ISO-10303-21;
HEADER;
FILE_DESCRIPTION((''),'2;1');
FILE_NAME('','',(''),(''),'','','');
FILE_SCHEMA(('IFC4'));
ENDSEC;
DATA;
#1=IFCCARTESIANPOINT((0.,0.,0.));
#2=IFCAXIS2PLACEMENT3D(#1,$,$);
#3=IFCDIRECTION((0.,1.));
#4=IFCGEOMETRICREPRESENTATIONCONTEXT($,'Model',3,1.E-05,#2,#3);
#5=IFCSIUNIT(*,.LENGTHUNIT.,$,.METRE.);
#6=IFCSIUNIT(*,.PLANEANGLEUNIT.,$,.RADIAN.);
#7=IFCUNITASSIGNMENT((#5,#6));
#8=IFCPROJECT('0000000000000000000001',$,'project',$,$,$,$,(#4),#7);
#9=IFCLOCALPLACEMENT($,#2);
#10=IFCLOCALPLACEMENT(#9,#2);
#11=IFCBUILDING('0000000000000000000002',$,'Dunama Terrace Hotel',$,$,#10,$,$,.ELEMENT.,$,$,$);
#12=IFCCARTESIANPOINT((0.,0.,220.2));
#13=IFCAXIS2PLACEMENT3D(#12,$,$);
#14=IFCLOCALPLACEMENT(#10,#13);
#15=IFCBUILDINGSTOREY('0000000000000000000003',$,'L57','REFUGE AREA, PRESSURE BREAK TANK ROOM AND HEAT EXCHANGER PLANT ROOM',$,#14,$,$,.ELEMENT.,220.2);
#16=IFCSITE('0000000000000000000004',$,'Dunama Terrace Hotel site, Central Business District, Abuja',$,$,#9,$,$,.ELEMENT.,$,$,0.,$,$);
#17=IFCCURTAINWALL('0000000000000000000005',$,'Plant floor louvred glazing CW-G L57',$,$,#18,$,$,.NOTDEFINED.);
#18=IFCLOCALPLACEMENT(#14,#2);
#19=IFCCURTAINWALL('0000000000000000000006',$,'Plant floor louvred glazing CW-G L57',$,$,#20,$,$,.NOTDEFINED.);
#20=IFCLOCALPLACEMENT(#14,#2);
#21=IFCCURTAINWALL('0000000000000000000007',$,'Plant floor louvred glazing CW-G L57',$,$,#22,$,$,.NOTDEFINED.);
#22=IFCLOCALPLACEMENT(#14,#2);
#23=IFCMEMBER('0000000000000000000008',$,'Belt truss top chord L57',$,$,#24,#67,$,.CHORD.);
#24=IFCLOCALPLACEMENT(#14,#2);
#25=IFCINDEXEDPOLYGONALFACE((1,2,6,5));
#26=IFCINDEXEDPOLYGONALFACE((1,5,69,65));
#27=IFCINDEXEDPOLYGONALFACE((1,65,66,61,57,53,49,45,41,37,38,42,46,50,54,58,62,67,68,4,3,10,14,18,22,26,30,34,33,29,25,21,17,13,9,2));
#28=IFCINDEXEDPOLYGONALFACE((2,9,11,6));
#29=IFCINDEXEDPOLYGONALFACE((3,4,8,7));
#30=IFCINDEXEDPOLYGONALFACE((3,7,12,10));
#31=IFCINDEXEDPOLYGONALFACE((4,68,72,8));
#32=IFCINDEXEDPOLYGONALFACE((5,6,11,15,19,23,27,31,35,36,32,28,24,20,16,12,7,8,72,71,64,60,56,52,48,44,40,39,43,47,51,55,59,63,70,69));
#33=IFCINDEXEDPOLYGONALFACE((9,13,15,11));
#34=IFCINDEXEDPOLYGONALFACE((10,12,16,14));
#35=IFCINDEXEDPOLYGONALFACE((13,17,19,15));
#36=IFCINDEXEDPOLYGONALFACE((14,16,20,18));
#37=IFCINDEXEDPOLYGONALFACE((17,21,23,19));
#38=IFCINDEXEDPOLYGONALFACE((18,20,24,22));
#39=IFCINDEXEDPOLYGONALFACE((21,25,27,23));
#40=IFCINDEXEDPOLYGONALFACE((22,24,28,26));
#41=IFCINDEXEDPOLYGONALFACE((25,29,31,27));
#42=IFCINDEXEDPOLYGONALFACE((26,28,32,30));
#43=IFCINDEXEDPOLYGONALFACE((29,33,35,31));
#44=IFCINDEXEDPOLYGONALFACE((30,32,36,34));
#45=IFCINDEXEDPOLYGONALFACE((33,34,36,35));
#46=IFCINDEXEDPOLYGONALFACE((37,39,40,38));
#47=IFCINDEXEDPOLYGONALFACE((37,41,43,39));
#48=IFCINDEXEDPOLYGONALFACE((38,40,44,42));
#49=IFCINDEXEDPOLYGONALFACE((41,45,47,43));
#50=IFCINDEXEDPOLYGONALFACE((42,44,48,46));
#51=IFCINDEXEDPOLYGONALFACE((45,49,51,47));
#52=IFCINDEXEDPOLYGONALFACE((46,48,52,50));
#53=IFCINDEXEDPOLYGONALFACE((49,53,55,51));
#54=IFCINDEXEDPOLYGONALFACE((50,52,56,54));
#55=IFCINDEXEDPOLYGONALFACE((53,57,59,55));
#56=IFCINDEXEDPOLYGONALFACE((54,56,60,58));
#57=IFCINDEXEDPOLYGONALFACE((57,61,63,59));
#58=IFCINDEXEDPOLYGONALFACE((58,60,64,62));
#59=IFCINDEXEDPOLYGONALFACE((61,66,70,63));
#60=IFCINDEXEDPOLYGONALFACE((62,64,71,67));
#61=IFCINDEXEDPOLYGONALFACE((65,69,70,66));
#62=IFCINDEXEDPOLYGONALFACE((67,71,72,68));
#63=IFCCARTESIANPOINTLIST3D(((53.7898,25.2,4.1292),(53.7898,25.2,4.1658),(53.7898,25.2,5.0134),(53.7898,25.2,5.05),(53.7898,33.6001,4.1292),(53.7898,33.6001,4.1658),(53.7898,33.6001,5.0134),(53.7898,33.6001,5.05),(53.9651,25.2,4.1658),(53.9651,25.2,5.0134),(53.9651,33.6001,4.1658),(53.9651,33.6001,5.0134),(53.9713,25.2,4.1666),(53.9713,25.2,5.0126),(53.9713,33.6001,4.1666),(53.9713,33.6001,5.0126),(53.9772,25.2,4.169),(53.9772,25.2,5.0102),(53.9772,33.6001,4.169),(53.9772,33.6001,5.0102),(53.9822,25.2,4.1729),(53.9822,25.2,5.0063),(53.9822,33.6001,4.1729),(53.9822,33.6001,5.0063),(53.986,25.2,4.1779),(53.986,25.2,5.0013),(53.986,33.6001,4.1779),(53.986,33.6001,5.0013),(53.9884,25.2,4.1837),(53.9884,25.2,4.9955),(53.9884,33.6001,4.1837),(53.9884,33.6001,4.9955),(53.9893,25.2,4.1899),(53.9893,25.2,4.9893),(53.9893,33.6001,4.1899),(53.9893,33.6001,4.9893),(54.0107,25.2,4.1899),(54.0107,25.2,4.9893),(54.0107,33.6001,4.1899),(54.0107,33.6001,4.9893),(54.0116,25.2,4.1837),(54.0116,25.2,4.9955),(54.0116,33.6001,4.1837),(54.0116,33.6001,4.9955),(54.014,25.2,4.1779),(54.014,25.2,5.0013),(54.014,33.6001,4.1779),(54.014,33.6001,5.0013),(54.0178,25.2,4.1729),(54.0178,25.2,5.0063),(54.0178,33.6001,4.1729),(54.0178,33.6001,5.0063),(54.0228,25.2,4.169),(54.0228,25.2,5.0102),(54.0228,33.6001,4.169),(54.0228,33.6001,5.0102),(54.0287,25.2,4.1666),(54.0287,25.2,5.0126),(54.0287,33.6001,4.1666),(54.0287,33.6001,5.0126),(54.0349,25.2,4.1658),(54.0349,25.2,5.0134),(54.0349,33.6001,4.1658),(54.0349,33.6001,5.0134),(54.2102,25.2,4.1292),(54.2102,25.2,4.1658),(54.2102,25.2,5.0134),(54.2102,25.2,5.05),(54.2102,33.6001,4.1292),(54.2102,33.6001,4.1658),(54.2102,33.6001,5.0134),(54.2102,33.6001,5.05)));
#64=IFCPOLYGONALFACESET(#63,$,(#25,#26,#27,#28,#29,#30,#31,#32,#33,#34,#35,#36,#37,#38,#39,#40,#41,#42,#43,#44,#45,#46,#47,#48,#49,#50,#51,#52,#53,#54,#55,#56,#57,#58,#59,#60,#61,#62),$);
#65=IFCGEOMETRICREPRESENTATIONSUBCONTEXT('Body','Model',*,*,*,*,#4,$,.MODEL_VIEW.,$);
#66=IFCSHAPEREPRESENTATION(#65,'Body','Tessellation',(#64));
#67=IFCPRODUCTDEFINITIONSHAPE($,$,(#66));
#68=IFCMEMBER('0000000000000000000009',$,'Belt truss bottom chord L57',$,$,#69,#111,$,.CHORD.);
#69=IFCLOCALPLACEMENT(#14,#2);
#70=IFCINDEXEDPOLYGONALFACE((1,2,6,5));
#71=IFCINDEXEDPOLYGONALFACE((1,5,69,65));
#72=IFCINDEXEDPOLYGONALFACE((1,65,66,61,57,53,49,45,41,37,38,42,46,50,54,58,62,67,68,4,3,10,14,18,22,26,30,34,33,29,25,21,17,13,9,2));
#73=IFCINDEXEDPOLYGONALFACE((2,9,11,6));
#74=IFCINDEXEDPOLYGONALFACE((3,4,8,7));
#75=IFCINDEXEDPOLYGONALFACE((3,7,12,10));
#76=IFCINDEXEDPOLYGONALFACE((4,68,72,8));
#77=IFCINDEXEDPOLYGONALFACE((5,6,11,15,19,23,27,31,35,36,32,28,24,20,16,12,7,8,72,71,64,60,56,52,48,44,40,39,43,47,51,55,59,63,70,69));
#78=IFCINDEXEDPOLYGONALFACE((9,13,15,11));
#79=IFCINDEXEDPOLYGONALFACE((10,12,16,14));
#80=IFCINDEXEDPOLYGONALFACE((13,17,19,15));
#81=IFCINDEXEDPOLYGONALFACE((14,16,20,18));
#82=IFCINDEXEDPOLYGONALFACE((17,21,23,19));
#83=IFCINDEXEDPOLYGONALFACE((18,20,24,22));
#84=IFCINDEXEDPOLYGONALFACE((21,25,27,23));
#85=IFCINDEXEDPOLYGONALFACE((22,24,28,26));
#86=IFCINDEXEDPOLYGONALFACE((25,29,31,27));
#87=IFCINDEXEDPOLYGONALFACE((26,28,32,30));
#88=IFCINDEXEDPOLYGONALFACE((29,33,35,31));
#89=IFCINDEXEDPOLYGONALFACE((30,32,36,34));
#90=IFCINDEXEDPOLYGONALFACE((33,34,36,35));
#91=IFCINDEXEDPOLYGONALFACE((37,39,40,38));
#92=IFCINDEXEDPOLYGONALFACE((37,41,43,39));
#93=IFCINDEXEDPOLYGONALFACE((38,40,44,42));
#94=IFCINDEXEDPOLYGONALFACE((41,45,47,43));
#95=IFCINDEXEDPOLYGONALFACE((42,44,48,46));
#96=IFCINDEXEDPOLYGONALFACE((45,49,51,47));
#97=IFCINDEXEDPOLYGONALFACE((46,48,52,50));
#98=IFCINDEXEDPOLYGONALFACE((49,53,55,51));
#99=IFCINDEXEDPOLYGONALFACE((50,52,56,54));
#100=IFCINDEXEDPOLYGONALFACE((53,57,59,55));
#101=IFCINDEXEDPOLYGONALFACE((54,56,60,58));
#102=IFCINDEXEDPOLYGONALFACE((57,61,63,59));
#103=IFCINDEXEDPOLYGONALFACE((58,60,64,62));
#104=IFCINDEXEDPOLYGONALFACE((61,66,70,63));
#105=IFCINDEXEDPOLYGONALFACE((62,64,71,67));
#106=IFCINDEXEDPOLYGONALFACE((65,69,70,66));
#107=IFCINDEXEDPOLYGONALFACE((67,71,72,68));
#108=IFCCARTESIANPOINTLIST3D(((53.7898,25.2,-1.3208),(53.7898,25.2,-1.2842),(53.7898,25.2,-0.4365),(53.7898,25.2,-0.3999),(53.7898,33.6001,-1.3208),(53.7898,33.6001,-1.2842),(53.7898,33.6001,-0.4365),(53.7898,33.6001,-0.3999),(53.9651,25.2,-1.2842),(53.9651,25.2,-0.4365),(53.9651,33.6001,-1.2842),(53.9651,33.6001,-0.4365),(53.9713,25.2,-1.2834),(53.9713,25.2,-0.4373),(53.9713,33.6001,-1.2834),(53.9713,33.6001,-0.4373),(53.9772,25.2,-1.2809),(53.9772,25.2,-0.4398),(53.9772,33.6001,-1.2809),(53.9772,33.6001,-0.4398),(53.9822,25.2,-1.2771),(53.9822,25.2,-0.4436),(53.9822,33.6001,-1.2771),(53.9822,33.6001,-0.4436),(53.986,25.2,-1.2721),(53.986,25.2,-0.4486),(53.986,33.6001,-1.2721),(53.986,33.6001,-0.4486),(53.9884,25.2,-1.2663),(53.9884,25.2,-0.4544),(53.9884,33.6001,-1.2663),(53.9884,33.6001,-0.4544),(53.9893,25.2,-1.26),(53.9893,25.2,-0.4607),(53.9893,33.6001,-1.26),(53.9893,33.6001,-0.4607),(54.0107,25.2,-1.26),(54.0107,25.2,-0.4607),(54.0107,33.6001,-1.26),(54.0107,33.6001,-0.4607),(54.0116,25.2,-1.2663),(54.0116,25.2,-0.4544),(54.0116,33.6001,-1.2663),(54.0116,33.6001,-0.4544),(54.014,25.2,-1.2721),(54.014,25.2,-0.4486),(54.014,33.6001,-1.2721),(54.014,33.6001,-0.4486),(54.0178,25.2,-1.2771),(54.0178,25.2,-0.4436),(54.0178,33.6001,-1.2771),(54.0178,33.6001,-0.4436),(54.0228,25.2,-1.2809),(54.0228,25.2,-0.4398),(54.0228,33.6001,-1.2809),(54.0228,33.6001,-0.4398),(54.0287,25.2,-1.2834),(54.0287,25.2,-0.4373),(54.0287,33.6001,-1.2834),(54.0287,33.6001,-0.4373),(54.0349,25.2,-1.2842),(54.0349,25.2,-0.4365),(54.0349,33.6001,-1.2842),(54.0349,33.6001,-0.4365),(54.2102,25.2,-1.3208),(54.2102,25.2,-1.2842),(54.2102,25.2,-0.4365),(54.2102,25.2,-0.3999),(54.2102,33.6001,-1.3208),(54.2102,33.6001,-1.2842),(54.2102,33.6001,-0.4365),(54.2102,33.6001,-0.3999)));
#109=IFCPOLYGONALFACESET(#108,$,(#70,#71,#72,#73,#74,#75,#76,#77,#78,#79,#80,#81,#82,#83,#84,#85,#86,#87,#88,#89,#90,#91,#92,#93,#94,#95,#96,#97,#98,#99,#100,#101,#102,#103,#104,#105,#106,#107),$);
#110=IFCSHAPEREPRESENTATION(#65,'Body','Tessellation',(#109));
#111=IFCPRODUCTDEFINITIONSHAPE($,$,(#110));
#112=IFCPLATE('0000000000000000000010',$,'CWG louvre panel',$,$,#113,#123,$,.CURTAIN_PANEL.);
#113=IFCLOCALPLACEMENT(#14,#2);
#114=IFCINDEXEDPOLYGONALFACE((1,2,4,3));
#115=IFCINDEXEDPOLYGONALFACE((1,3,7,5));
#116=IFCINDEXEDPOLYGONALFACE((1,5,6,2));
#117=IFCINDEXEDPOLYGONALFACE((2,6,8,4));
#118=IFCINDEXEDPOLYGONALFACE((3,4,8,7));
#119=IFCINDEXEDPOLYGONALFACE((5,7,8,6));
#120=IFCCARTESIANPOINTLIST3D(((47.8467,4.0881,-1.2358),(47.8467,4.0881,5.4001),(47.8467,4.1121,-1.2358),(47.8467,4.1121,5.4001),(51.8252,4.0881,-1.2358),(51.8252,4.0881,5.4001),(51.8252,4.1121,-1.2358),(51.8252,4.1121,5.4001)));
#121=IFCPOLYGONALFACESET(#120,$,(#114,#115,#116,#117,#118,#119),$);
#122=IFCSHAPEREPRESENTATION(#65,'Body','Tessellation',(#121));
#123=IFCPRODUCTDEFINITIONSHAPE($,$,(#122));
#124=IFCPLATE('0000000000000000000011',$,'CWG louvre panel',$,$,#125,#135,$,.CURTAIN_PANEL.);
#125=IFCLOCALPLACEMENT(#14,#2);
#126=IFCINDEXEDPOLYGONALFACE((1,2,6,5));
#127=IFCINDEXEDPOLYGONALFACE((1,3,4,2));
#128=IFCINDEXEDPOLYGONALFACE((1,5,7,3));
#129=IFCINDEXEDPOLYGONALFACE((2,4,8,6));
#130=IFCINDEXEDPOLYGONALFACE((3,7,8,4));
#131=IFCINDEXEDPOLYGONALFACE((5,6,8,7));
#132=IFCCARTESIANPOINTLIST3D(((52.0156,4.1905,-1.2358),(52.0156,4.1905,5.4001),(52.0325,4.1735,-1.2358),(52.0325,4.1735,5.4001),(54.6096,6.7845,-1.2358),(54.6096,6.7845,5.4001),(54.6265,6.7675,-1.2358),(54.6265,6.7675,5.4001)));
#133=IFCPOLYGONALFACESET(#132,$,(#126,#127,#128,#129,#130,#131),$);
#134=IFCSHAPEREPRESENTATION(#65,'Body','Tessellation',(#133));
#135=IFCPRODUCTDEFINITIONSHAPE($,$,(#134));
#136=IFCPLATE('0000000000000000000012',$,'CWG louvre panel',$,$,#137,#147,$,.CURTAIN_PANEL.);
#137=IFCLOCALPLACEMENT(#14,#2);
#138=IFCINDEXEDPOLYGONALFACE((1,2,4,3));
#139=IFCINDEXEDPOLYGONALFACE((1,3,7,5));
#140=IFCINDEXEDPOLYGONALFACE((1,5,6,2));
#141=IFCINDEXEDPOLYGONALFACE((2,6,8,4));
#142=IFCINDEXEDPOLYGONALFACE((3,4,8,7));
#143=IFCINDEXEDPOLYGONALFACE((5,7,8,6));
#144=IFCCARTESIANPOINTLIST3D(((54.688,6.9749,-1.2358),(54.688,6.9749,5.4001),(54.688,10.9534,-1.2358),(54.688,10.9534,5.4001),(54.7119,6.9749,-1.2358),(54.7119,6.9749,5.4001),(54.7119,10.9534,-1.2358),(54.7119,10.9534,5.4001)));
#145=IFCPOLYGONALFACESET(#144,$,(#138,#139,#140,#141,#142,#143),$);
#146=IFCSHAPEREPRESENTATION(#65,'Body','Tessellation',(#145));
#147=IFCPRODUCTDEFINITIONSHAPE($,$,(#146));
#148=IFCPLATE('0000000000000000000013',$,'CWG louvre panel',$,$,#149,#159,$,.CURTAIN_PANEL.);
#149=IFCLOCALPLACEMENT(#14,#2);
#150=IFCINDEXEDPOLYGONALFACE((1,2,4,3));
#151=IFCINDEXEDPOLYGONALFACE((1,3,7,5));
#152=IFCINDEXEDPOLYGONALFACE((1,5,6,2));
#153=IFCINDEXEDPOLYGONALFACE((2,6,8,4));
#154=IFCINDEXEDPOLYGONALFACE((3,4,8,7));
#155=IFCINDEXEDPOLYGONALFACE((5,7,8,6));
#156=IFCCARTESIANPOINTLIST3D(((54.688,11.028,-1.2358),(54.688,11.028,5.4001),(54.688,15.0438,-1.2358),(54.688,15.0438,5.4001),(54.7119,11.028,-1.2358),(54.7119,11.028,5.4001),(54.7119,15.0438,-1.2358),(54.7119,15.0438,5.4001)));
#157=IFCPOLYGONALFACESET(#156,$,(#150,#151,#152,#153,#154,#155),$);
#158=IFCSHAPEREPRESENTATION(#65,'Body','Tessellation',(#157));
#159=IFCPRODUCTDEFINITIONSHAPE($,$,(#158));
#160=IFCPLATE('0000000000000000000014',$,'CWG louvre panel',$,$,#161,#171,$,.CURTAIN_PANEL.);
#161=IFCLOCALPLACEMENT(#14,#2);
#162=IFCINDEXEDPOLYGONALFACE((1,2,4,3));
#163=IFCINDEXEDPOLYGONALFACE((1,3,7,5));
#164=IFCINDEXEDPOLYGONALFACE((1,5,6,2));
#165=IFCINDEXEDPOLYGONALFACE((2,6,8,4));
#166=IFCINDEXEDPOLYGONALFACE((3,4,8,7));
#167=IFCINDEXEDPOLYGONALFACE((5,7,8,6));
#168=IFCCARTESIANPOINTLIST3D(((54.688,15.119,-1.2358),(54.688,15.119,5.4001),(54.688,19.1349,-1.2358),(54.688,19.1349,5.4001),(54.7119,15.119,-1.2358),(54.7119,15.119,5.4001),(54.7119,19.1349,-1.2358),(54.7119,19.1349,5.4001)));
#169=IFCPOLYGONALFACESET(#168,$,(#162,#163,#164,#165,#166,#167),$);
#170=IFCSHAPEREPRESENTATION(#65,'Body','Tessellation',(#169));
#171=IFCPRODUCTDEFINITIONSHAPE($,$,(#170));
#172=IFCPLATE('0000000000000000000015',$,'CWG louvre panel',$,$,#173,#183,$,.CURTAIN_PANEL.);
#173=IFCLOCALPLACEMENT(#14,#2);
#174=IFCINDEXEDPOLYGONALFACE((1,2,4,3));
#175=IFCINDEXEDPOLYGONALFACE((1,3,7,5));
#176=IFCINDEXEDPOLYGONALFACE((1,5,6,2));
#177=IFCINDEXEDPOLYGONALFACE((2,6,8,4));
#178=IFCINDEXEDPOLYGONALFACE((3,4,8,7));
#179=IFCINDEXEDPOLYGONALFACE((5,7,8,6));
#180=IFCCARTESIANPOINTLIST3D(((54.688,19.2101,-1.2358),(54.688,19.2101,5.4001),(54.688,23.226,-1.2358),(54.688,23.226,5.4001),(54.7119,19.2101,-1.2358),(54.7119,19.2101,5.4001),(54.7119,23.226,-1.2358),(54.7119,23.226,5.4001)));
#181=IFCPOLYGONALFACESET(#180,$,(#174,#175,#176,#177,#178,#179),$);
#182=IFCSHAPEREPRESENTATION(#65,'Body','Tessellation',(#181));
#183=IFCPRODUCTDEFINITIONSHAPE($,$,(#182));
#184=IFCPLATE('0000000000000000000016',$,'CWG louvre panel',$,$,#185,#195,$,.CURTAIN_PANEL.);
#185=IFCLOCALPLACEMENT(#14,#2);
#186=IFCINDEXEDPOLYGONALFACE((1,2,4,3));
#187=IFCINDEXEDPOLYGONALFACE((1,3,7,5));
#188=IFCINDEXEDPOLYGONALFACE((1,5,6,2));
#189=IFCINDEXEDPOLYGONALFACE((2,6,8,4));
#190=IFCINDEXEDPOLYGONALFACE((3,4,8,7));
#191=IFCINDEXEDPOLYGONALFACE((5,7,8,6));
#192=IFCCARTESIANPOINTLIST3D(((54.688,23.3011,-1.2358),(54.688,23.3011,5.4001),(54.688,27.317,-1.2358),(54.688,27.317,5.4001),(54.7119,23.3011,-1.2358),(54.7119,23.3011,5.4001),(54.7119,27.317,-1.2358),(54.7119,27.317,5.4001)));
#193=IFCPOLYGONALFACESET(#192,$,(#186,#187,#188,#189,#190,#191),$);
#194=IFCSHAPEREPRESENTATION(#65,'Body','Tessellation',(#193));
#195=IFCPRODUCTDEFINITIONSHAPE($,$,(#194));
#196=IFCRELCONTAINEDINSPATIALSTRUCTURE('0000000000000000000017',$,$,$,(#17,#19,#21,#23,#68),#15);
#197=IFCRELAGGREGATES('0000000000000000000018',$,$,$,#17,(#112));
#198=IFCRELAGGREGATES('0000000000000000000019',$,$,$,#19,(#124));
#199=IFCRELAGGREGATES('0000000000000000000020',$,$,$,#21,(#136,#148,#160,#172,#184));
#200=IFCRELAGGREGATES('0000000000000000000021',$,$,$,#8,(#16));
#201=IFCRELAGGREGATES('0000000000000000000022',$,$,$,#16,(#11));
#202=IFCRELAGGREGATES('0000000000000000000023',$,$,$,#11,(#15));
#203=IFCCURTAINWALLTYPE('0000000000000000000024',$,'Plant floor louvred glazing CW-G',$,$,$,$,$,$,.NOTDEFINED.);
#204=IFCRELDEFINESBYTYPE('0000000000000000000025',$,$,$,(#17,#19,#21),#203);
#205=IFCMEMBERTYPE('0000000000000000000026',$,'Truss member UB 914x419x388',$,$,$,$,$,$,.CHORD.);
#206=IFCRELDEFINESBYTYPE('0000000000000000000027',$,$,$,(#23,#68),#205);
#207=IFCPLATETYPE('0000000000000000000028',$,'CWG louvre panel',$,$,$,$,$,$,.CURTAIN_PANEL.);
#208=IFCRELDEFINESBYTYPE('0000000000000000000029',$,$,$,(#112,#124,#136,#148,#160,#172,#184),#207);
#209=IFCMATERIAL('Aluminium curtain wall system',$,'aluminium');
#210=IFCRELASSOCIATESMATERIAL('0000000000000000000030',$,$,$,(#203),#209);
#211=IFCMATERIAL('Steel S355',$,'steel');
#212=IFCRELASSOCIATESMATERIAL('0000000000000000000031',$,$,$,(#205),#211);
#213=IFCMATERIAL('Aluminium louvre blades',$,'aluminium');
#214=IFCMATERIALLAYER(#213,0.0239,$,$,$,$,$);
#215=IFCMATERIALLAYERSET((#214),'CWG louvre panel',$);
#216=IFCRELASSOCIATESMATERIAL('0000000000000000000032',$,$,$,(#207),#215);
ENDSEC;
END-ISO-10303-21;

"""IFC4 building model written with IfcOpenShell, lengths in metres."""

from ifc_helpers import new_model, si_unit, direction, frame, origin, origin_2d, place, context, subcontext, project, spatial, rectangle, i_section, extrude, material, layer, layer_set, material_profile, profile_set, type_object, element, aggregate, save


model = new_model("IFC4")

# Units and contexts
model_context = context("Model", 3, precision=1e-05, world=origin(), true_north=direction((0.0, 1.0)))
body_context = subcontext(model_context, "Body", "Model", "MODEL_VIEW")
ifc_project = project(units=[si_unit("LENGTHUNIT", "METRE"), si_unit("PLANEANGLEUNIT", "RADIAN")], contexts=[model_context])

# Site, building, storey
site_placement = place(None, origin())
site = spatial("IfcSite", under=ifc_project, at=site_placement, Name="Dunama Terrace Hotel site, Central Business District, Abuja", CompositionType="ELEMENT", RefElevation=0.0)
building_placement = place(site_placement, origin())
building = spatial("IfcBuilding", under=site, at=building_placement, Name="Dunama Terrace Hotel", CompositionType="ELEMENT")
storey_placement = place(building_placement, frame((0.0, 0.0, 220.2)))
storey = spatial("IfcBuildingStorey", under=building, at=storey_placement, Name="L57", Description="REFUGE AREA, PRESSURE BREAK TANK ROOM AND HEAT EXCHANGER PLANT ROOM", CompositionType="ELEMENT", Elevation=220.2)

# Curtain wall
ifc_material_1 = material(Name="Aluminium curtain wall system", Category="aluminium")
curtain_wall_type = type_object("IfcCurtainWallType", Name="Plant floor louvred glazing CW-G", PredefinedType="NOTDEFINED", material=ifc_material_1)
curtain_wall_1_placement = place(storey_placement, origin())
curtain_wall_1 = element("IfcCurtainWall", 1, at=curtain_wall_1_placement, inside=storey, type_object=curtain_wall_type, Name="Plant floor louvred glazing CW-G L57", PredefinedType="NOTDEFINED")

# Curtain walls
curtain_wall_2_placement = place(storey_placement, origin())
curtain_wall_2 = element("IfcCurtainWall", 2, at=curtain_wall_2_placement, inside=storey, type_object=curtain_wall_type, Name="Plant floor louvred glazing CW-G L57", PredefinedType="NOTDEFINED")
curtain_wall_3_placement = place(storey_placement, origin())
curtain_wall_3 = element("IfcCurtainWall", 3, at=curtain_wall_3_placement, inside=storey, type_object=curtain_wall_type, Name="Plant floor louvred glazing CW-G L57", PredefinedType="NOTDEFINED")

# Members
ifc_material_2 = material(Name="Steel S355", Category="steel")
ifc_material_profile_1 = material_profile(ifc_material_2, i_section(OverallWidth=0.4204, OverallDepth=0.9209, WebThickness=0.0215, FlangeThickness=0.0366, FilletRadius=0.0242, at=origin_2d()), Name="UB 914x419x388")
ifc_profile_set_1 = profile_set([ifc_material_profile_1], Name="Steel S355")
member_type_1 = type_object("IfcMemberType", Name="Truss member UB 914x419x388", PredefinedType="CHORD", material=ifc_profile_set_1)
for number, where, z_axis, x_axis, name in (
    (4, (54.0, 25.2, 4.5896), (0.0, 1.0, 0.0), (-1.0, 0.0, 0.0), "Belt truss top chord L57"),
    (5, (54.0, 25.2, -0.8604), (0.0, 1.0, 0.0), (-1.0, 0.0, 0.0), "Belt truss bottom chord L57"),
):
    element("IfcMember", number, at=place(storey_placement, frame(where, z_axis=z_axis, x_axis=x_axis)), inside=storey, type_object=member_type_1, Name=name, PredefinedType="CHORD", context=body_context, shape_type="SweptSolid", body=[
        extrude(i_section(OverallWidth=0.4204, OverallDepth=0.9209, WebThickness=0.0215, FlangeThickness=0.0366, FilletRadius=0.0242, at=origin_2d()), origin(), (0.0, 0.0, 1.0), 8.4001),
    ])

# Plates
ifc_material_3 = material(Name="Aluminium louvre blades", Category="aluminium")
ifc_layer = layer(ifc_material_3, 0.0239)
ifc_layer_set = layer_set([ifc_layer], Name="CWG louvre panel")
plate_type = type_object("IfcPlateType", Name="CWG louvre panel", PredefinedType="CURTAIN_PANEL", material=ifc_layer_set)
plate_1_placement = place(storey_placement, frame((49.8359, 4.1001, -1.2358), z_axis=(0.0, 0.0, 1.0), x_axis=(1.0, 0.0, 0.0)))
plate_1 = element("IfcPlate", 6, at=plate_1_placement, type_object=plate_type, Name="CWG louvre panel", PredefinedType="CURTAIN_PANEL", context=body_context, shape_type="SweptSolid", body=[
    extrude(rectangle(XDim=3.9785, YDim=0.0239, at=origin_2d()), origin(), (0.0, 0.0, 1.0), 6.636),
])
aggregate(curtain_wall_1, [plate_1])
plate_2_placement = place(storey_placement, frame((53.321, 5.479, -1.2358), z_axis=(0.0, 0.0, 1.0), x_axis=(0.707107, 0.707107, 0.0)))
plate_2 = element("IfcPlate", 7, at=plate_2_placement, type_object=plate_type, Name="CWG louvre panel", PredefinedType="CURTAIN_PANEL", context=body_context, shape_type="SweptSolid", body=[
    extrude(rectangle(XDim=3.6685, YDim=0.0239, at=origin_2d()), origin(), (0.0, 0.0, 1.0), 6.636),
])
aggregate(curtain_wall_2, [plate_2])
plate_3_placement = place(storey_placement, frame((54.7, 8.9641, -1.2358), z_axis=(0.0, 0.0, 1.0), x_axis=(0.0, 1.0, 0.0)))
plate_3 = element("IfcPlate", 8, at=plate_3_placement, type_object=plate_type, Name="CWG louvre panel", PredefinedType="CURTAIN_PANEL", context=body_context, shape_type="SweptSolid", body=[
    extrude(rectangle(XDim=3.9785, YDim=0.0239, at=origin_2d()), origin(), (0.0, 0.0, 1.0), 6.636),
])
plate_4_placement = place(storey_placement, frame((54.7, 13.0359, -1.2358), z_axis=(0.0, 0.0, 1.0), x_axis=(0.0, 1.0, 0.0)))
plate_4 = element("IfcPlate", 9, at=plate_4_placement, type_object=plate_type, Name="CWG louvre panel", PredefinedType="CURTAIN_PANEL", context=body_context, shape_type="SweptSolid", body=[
    extrude(rectangle(XDim=4.0159, YDim=0.0239, at=origin_2d()), origin(), (0.0, 0.0, 1.0), 6.636),
])
plate_5_placement = place(storey_placement, frame((54.7, 17.127, -1.2358), z_axis=(0.0, 0.0, 1.0), x_axis=(0.0, 1.0, 0.0)))
plate_5 = element("IfcPlate", 10, at=plate_5_placement, type_object=plate_type, Name="CWG louvre panel", PredefinedType="CURTAIN_PANEL", context=body_context, shape_type="SweptSolid", body=[
    extrude(rectangle(XDim=4.0159, YDim=0.0239, at=origin_2d()), origin(), (0.0, 0.0, 1.0), 6.636),
])
plate_6_placement = place(storey_placement, frame((54.7, 21.218, -1.2358), z_axis=(0.0, 0.0, 1.0), x_axis=(0.0, 1.0, 0.0)))
plate_6 = element("IfcPlate", 11, at=plate_6_placement, type_object=plate_type, Name="CWG louvre panel", PredefinedType="CURTAIN_PANEL", context=body_context, shape_type="SweptSolid", body=[
    extrude(rectangle(XDim=4.0159, YDim=0.0239, at=origin_2d()), origin(), (0.0, 0.0, 1.0), 6.636),
])
plate_7_placement = place(storey_placement, frame((54.7, 25.3091, -1.2358), z_axis=(0.0, 0.0, 1.0), x_axis=(0.0, 1.0, 0.0)))
plate_7 = element("IfcPlate", 12, at=plate_7_placement, type_object=plate_type, Name="CWG louvre panel", PredefinedType="CURTAIN_PANEL", context=body_context, shape_type="SweptSolid", body=[
    extrude(rectangle(XDim=4.0159, YDim=0.0239, at=origin_2d()), origin(), (0.0, 0.0, 1.0), 6.636),
])
aggregate(curtain_wall_3, [plate_3, plate_4, plate_5, plate_6, plate_7])

save(model, "model.ifc")
